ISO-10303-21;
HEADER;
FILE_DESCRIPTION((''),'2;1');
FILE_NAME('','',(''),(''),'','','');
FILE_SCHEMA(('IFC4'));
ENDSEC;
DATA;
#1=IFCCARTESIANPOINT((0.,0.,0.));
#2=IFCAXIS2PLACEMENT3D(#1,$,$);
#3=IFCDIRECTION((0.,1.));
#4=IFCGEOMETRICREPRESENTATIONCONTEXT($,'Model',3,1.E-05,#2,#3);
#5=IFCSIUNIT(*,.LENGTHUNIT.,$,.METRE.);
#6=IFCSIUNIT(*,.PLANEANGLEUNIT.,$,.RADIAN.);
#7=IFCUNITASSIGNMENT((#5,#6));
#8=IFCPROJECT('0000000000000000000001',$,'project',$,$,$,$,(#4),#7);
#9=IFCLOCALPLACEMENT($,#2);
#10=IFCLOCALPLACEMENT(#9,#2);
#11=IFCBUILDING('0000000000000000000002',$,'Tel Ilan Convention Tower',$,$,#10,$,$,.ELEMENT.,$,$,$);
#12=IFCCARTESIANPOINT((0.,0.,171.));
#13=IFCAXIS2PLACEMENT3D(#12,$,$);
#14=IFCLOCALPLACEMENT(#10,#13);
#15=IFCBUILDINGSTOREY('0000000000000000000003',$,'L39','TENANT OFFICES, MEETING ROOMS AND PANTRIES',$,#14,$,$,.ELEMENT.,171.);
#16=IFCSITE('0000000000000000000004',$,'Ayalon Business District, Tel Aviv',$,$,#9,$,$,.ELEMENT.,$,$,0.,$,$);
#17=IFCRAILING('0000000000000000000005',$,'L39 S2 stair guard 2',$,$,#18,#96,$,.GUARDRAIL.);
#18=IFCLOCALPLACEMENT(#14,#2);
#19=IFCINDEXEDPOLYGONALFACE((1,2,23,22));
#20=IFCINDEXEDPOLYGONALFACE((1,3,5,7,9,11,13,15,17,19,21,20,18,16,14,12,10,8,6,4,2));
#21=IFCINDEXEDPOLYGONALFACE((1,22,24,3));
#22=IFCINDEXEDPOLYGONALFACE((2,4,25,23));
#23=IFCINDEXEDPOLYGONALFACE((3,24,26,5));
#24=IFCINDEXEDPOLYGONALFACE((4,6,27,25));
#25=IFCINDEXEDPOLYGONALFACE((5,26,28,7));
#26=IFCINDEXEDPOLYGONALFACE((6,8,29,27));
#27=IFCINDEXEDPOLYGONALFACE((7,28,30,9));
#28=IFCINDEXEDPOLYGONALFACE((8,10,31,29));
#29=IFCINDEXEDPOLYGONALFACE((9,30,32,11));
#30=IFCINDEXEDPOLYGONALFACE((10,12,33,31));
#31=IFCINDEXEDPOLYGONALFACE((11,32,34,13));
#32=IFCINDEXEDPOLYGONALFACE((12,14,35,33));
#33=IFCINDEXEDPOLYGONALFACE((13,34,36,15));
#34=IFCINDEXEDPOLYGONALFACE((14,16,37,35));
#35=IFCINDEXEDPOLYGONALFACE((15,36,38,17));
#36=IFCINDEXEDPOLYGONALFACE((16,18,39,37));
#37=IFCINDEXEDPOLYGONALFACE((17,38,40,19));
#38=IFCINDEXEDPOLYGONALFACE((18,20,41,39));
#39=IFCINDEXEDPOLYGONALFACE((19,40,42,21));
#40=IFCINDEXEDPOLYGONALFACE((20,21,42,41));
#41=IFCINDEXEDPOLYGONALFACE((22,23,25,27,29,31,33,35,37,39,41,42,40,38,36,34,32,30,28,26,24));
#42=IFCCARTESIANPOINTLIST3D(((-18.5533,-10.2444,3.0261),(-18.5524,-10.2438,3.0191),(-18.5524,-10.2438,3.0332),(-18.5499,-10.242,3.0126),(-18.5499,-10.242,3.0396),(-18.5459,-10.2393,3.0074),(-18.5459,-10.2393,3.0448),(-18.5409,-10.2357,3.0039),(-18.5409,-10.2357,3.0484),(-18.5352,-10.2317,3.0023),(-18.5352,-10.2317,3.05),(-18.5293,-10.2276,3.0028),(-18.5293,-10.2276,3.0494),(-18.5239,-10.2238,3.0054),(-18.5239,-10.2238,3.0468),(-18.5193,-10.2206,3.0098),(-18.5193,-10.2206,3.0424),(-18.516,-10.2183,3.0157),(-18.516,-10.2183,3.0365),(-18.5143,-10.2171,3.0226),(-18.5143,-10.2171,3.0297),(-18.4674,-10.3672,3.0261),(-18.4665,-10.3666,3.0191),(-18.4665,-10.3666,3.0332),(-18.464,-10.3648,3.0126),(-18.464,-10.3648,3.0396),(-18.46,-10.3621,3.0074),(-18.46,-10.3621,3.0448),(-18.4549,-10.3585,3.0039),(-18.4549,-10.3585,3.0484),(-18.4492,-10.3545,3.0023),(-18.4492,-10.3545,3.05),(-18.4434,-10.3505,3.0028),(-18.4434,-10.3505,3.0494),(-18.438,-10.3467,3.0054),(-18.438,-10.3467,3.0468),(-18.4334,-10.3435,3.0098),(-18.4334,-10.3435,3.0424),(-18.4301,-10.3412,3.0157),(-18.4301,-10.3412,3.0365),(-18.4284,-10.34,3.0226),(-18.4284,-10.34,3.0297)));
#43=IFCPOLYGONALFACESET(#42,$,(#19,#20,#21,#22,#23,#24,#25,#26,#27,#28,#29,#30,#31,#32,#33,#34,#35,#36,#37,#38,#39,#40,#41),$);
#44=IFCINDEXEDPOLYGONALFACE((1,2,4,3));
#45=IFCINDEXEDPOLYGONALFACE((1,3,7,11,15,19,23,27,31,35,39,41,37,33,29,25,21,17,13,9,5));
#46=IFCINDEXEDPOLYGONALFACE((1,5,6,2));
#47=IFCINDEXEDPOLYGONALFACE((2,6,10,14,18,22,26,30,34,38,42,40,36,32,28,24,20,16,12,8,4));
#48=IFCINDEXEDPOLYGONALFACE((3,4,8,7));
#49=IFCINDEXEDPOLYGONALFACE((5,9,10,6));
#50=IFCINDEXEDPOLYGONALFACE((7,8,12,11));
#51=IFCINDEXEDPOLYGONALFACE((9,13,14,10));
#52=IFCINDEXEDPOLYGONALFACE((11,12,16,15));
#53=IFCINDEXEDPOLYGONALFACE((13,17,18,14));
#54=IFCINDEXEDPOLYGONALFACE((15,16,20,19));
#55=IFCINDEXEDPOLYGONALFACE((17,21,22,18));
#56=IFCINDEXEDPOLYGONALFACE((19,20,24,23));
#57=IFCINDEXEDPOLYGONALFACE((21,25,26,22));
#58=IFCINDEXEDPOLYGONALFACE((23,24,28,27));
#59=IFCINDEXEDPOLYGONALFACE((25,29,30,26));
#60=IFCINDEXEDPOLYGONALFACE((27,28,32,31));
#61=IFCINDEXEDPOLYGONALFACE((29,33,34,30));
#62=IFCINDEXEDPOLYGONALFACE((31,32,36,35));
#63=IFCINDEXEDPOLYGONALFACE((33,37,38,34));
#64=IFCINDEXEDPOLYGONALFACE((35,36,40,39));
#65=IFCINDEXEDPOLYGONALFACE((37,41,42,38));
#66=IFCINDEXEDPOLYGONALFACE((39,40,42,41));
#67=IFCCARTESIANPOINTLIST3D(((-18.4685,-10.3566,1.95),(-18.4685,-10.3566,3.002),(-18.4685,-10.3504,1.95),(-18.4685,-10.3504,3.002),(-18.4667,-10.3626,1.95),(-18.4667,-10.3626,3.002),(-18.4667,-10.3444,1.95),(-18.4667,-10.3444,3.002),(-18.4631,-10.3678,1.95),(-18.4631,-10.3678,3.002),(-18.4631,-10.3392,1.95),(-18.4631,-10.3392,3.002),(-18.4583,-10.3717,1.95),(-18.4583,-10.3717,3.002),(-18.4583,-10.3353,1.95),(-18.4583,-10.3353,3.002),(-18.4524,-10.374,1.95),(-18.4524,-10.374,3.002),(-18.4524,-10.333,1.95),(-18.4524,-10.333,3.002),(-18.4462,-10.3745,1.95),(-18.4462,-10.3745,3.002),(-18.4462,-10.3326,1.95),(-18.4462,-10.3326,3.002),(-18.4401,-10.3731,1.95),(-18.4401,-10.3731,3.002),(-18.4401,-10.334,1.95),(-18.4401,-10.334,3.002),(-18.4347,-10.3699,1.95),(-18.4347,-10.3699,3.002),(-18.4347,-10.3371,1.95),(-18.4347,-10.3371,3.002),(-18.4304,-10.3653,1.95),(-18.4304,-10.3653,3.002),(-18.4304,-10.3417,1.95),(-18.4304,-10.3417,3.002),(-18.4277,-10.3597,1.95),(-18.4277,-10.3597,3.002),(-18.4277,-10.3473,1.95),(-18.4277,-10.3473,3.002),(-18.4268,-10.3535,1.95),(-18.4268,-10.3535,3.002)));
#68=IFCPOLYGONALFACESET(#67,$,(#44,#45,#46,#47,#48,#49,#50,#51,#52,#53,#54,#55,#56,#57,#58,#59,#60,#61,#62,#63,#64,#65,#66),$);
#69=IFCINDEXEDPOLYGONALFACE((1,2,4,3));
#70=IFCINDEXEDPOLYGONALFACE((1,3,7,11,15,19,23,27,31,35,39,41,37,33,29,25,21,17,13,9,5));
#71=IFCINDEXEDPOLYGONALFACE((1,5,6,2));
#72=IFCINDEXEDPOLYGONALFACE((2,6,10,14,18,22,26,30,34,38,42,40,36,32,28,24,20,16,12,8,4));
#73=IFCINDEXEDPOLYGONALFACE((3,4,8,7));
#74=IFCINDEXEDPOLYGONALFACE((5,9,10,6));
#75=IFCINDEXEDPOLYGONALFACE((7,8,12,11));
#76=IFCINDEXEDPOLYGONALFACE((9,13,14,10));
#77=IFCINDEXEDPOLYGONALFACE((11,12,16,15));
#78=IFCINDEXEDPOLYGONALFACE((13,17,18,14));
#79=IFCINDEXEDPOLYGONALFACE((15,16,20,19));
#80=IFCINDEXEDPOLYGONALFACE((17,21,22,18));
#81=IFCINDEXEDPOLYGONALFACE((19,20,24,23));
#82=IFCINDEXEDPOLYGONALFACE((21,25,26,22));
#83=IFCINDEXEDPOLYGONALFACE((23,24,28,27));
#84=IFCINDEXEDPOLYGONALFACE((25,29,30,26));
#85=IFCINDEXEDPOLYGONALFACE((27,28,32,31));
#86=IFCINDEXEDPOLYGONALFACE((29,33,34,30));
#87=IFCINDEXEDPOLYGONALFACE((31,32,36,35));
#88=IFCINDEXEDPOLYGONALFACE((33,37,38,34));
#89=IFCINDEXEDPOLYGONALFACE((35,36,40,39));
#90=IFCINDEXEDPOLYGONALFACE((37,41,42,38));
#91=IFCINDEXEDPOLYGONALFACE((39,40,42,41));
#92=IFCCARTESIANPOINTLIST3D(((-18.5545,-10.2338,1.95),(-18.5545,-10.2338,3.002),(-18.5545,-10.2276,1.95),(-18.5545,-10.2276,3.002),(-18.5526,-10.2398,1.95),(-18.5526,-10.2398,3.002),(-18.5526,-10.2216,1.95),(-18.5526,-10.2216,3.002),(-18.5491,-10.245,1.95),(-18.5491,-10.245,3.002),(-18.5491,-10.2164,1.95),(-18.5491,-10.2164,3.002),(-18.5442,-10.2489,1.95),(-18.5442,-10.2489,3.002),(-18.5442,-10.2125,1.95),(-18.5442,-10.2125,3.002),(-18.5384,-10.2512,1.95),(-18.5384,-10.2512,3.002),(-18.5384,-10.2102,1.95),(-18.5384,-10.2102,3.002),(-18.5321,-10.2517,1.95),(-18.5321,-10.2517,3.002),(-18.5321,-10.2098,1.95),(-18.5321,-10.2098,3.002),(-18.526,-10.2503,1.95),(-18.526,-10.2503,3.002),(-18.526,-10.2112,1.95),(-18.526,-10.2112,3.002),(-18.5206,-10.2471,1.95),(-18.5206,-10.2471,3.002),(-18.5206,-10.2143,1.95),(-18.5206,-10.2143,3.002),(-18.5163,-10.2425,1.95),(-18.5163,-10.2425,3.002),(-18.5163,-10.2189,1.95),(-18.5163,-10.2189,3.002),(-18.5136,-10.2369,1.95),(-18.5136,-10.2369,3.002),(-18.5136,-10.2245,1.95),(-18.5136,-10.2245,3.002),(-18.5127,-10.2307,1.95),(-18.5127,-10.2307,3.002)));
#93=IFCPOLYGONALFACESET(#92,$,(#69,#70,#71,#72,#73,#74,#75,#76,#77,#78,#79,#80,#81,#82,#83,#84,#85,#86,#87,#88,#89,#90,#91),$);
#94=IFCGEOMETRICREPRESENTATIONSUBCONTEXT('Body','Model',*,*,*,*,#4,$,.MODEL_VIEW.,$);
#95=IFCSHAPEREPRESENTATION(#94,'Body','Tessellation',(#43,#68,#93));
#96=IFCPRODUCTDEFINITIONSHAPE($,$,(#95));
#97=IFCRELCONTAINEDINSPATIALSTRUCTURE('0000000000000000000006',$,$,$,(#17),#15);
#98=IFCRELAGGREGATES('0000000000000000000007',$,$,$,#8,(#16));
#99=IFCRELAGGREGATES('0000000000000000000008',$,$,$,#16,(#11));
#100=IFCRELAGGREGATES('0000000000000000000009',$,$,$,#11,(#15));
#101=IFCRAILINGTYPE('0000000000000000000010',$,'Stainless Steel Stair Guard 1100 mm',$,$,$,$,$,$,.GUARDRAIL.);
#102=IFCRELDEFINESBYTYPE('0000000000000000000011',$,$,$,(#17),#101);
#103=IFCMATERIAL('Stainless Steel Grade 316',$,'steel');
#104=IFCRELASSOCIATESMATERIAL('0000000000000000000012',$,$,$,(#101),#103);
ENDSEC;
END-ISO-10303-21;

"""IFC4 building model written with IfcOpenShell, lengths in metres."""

from ifc_helpers import new_model, si_unit, direction, frame, origin, origin_2d, place, context, subcontext, project, spatial, circle, extrude, material, type_object, element, save


model = new_model("IFC4")

# Units and contexts
model_context = context("Model", 3, precision=1e-05, world=origin(), true_north=direction((0.0, 1.0)))
body_context = subcontext(model_context, "Body", "Model", "MODEL_VIEW")
ifc_project = project(units=[si_unit("LENGTHUNIT", "METRE"), si_unit("PLANEANGLEUNIT", "RADIAN")], contexts=[model_context])

# Site, building, storey
site_placement = place(None, origin())
site = spatial("IfcSite", under=ifc_project, at=site_placement, Name="Ayalon Business District, Tel Aviv", CompositionType="ELEMENT", RefElevation=0.0)
building_placement = place(site_placement, origin())
building = spatial("IfcBuilding", under=site, at=building_placement, Name="Tel Ilan Convention Tower", CompositionType="ELEMENT")
storey_placement = place(building_placement, frame((0.0, 0.0, 171.0)))
storey = spatial("IfcBuildingStorey", under=building, at=storey_placement, Name="L39", Description="TENANT OFFICES, MEETING ROOMS AND PANTRIES", CompositionType="ELEMENT", Elevation=171.0)

# Railing
ifc_material_1 = material(Name="Stainless Steel Grade 316", Category="steel")
railing_type_1 = type_object("IfcRailingType", Name="Stainless Steel Stair Guard 1100 mm", PredefinedType="GUARDRAIL", material=ifc_material_1)
railing_1_placement = place(storey_placement, frame((-18.4478, -10.3535, 1.95)))
element("IfcRailing", 1, at=railing_1_placement, inside=storey, type_object=railing_type_1, Name="L39 S2 stair guard 2", PredefinedType="GUARDRAIL", context=body_context, shape_type="SweptSolid", body=[
    extrude(circle(Radius=0.0239, at=origin_2d()), frame((0.0, 0.0, 1.0762), z_axis=(-0.573353, 0.819308, 0.0), x_axis=(-0.819308, -0.573353, 0.0)), (0.0, 0.0, 1.0), 0.1499),
    extrude(circle(Radius=0.021, at=origin_2d()), origin(), (0.0, 0.0, 1.0), 1.052),
    extrude(circle(Radius=0.021, at=origin_2d()), frame((-0.0859, 0.1228, 0.0)), (0.0, 0.0, 1.0), 1.052),
])

save(model, "model.ifc")
